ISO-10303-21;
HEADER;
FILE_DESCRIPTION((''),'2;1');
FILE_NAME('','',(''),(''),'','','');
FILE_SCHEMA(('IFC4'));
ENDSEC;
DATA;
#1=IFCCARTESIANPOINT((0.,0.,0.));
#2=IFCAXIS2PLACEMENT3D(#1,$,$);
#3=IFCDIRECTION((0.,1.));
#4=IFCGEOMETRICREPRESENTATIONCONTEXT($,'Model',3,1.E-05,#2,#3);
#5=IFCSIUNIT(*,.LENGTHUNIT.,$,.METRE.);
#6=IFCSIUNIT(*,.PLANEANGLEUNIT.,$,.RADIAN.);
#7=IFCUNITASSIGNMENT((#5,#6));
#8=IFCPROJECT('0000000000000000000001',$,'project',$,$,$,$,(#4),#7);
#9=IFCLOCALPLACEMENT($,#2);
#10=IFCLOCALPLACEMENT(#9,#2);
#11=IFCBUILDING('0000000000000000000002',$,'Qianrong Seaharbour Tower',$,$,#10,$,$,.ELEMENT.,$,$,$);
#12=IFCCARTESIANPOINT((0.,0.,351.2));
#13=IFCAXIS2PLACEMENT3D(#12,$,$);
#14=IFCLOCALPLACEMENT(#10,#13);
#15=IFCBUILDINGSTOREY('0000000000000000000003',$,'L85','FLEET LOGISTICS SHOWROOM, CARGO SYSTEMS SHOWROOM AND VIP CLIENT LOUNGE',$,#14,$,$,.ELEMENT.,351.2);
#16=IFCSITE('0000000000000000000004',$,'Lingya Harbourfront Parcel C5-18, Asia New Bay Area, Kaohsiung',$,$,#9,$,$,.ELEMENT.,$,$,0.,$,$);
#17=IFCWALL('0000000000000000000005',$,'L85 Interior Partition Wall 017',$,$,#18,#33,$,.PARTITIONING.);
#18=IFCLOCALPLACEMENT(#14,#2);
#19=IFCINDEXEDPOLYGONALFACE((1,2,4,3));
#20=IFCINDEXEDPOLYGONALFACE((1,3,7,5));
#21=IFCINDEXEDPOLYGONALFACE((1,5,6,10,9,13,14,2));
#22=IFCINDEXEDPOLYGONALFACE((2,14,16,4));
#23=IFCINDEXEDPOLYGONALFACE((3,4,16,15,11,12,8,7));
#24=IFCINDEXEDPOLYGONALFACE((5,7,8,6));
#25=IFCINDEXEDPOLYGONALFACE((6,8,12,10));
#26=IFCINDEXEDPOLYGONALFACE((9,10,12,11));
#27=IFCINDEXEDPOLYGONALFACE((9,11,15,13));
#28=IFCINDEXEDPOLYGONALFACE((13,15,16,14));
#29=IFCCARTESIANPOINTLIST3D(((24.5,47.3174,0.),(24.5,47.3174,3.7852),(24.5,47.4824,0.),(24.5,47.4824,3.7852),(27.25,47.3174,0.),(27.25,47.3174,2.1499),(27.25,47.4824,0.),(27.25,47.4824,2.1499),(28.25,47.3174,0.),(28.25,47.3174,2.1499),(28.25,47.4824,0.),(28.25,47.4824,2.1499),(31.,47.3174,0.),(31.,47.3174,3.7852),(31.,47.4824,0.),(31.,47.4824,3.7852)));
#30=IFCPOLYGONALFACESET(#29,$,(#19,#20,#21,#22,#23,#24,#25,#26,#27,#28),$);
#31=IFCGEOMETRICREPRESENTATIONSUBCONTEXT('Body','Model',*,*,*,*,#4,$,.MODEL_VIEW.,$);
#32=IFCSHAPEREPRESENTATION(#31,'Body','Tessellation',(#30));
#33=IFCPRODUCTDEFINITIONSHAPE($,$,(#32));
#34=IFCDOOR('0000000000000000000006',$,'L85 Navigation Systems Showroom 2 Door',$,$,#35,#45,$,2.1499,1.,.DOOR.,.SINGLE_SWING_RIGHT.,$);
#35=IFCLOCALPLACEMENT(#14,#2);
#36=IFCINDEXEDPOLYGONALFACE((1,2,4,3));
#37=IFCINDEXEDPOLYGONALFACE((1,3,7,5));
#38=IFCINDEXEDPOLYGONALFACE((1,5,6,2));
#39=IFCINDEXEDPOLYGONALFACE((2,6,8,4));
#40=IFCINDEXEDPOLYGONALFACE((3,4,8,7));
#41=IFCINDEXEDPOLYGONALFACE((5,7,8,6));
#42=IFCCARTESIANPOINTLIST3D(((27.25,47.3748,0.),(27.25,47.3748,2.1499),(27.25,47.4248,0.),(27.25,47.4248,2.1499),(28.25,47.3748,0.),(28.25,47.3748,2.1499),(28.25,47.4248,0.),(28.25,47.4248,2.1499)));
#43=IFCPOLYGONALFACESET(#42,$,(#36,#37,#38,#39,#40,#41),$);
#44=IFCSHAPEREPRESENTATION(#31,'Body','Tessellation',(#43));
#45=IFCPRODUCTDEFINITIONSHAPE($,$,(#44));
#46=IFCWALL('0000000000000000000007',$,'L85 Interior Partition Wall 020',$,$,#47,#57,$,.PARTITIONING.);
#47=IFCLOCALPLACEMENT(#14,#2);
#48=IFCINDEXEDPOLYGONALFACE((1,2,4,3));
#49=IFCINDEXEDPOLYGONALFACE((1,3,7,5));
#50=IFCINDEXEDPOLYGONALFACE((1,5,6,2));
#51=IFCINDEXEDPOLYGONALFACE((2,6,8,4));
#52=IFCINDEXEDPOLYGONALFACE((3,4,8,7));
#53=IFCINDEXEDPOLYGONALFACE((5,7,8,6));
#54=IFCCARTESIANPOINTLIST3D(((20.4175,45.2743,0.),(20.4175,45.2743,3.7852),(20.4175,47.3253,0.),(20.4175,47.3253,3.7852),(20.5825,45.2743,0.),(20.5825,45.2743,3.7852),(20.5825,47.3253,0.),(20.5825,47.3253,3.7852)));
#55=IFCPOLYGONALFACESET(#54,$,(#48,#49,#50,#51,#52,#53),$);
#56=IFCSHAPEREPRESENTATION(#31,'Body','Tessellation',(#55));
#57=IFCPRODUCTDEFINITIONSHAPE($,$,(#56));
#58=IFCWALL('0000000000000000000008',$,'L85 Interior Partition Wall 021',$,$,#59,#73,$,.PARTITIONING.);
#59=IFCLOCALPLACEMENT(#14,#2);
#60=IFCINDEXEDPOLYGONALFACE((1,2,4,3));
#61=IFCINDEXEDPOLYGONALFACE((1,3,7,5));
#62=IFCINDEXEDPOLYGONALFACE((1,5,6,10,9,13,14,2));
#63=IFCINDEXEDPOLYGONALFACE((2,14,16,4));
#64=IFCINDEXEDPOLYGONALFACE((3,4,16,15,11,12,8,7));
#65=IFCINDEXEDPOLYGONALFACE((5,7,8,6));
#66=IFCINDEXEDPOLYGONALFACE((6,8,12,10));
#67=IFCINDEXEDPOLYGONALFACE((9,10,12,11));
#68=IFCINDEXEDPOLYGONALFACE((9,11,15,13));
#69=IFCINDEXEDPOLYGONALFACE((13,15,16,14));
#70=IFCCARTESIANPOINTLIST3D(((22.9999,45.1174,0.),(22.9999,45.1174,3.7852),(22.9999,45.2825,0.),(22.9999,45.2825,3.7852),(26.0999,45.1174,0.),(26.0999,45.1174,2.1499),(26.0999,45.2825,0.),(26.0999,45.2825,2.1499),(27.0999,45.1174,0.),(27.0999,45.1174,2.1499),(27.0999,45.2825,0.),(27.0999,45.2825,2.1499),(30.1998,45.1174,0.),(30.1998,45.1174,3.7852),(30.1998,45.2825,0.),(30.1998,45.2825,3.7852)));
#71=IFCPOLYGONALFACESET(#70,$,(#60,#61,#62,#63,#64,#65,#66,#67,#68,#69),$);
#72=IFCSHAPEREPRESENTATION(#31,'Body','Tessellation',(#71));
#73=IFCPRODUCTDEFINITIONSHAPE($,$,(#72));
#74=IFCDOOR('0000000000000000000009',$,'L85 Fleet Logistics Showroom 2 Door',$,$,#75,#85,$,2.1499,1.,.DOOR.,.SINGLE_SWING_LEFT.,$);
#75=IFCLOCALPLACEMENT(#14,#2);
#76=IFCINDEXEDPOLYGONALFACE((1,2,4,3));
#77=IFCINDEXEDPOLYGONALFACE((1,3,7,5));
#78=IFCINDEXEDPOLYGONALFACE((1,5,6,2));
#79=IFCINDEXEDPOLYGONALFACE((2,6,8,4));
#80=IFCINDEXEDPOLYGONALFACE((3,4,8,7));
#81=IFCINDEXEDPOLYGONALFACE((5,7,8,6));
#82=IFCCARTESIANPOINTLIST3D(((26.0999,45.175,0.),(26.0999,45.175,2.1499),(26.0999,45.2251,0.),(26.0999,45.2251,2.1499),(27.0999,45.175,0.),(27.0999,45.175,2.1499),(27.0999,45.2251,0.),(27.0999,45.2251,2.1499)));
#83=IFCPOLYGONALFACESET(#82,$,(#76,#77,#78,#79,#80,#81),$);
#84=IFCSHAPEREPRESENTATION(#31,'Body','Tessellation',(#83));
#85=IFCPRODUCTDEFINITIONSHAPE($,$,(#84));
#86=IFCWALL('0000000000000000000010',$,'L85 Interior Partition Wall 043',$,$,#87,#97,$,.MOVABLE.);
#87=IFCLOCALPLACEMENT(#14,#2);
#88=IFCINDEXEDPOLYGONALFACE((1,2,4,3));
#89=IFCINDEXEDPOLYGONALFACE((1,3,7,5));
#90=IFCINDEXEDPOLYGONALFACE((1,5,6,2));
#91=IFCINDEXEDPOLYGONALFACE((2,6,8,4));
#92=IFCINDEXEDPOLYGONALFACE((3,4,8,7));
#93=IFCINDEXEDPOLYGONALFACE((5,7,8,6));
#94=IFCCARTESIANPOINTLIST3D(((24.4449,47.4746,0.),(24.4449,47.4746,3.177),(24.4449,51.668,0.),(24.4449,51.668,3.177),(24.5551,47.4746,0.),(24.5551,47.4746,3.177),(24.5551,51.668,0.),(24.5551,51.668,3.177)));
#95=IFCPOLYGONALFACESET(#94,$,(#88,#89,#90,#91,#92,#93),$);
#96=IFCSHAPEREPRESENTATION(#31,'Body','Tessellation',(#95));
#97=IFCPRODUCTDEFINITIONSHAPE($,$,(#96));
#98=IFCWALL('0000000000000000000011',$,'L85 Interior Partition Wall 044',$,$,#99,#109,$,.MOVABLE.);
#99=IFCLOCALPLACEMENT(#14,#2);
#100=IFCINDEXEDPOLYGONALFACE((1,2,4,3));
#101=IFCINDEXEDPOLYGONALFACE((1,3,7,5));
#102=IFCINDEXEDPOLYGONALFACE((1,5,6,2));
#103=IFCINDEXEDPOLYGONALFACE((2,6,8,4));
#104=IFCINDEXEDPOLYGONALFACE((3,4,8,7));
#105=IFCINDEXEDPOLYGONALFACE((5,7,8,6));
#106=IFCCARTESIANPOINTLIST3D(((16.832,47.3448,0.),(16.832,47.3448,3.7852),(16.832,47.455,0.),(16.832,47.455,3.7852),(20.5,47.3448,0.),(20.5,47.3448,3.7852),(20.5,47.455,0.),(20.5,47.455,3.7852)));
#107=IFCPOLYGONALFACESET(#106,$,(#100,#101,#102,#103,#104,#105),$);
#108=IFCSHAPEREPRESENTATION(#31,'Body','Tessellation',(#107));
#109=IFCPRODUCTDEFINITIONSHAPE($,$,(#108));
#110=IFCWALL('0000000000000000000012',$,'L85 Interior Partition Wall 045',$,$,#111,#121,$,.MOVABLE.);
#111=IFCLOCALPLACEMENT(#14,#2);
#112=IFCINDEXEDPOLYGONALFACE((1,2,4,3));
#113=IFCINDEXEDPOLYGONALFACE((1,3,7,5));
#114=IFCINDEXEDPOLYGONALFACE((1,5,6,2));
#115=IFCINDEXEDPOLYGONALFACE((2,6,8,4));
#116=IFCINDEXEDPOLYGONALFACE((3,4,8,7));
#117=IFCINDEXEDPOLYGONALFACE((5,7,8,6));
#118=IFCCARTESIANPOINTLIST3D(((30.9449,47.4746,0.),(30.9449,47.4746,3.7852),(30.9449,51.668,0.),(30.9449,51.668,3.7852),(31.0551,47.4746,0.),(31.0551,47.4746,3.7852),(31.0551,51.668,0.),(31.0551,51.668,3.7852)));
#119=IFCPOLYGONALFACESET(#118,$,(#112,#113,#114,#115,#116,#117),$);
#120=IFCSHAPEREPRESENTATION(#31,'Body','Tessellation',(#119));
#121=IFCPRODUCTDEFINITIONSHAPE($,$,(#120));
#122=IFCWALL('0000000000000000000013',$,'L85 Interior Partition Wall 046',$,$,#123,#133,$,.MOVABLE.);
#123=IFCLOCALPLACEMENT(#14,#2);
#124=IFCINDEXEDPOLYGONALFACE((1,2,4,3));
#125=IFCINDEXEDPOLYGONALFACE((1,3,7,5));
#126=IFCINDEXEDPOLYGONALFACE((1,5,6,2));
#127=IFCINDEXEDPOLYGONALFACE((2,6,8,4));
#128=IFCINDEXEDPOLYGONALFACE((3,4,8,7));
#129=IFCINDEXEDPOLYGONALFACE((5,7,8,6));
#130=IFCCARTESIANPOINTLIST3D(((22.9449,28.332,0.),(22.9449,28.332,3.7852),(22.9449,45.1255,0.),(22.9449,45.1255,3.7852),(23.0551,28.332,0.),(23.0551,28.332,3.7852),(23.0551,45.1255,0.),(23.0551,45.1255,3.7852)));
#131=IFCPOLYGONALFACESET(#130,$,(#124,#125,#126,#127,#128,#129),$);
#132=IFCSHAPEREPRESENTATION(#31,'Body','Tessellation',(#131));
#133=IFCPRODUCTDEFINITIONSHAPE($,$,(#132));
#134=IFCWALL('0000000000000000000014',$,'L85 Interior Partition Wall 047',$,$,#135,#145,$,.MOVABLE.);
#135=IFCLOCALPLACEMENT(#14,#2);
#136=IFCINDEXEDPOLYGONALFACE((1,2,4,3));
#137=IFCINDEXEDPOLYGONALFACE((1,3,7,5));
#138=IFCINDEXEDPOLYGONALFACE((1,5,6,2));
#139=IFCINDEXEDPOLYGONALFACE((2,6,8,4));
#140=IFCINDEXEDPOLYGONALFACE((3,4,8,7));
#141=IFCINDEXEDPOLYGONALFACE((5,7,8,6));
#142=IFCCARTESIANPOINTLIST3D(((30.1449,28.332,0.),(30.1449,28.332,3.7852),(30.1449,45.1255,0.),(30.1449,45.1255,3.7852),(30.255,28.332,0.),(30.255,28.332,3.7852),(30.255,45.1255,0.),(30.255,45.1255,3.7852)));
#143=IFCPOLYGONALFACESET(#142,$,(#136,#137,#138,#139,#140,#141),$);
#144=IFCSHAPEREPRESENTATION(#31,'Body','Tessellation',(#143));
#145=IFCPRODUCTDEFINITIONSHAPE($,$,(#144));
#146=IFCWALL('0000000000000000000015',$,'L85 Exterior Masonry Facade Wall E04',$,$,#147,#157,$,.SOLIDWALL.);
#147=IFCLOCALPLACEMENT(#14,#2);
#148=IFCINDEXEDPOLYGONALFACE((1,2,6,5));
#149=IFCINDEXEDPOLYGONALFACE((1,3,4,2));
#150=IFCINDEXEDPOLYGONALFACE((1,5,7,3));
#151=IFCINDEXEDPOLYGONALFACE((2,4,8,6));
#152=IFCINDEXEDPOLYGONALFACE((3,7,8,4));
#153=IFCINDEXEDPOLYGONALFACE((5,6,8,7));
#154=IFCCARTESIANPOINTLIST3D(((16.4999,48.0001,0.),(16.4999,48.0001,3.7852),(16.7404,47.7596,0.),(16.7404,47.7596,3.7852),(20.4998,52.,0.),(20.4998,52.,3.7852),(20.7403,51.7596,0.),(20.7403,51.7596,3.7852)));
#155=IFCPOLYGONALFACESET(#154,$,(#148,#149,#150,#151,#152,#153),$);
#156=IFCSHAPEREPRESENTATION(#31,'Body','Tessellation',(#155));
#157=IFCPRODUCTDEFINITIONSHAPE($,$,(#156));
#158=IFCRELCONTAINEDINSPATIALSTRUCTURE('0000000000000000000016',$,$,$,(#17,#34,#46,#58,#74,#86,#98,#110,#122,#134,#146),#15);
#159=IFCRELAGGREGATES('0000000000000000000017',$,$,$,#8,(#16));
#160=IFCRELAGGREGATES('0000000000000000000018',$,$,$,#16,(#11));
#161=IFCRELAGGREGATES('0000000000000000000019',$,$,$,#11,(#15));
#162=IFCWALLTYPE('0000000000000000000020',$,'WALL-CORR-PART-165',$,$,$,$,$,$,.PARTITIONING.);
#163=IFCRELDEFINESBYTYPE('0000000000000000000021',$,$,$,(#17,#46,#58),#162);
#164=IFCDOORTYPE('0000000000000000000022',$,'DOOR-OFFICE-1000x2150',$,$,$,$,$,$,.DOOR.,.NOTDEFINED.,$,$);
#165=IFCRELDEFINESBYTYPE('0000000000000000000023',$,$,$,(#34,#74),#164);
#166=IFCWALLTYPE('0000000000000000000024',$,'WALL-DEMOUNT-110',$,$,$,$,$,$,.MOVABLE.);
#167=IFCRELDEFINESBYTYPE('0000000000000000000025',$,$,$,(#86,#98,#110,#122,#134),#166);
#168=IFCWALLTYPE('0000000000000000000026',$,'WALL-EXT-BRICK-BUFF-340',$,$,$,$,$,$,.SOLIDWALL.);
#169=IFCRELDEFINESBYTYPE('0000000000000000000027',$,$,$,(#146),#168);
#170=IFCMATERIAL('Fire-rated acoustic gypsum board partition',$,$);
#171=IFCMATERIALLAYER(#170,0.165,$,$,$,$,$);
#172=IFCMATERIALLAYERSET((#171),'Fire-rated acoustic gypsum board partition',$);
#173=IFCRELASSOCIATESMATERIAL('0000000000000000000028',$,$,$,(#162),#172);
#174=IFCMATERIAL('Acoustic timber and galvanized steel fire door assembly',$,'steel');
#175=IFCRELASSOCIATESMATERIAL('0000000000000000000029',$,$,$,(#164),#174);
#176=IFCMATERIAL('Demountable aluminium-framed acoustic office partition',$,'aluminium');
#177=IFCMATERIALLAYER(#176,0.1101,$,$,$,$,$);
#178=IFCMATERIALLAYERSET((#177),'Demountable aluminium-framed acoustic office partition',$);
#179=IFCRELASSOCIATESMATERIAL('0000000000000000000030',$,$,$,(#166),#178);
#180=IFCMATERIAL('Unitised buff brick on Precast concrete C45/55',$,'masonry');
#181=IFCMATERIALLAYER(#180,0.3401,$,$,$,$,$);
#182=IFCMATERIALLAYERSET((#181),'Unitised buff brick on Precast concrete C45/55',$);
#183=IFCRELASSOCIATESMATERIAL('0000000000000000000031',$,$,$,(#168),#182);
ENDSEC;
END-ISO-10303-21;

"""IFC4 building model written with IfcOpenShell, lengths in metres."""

from ifc_helpers import new_model, si_unit, direction, frame, frame_2d, origin, place, context, subcontext, project, spatial, rectangle, extrude, material, layer, layer_set, type_object, element, fill, save


model = new_model("IFC4")

# Units and contexts
model_context = context("Model", 3, precision=1e-05, world=origin(), true_north=direction((0.0, 1.0)))
body_context = subcontext(model_context, "Body", "Model", "MODEL_VIEW")
ifc_project = project(units=[si_unit("LENGTHUNIT", "METRE"), si_unit("PLANEANGLEUNIT", "RADIAN")], contexts=[model_context])

# Site, building, storey
site_placement = place(None, origin())
site = spatial("IfcSite", under=ifc_project, at=site_placement, Name="Lingya Harbourfront Parcel C5-18, Asia New Bay Area, Kaohsiung", CompositionType="ELEMENT", RefElevation=0.0)
building_placement = place(site_placement, origin())
building = spatial("IfcBuilding", under=site, at=building_placement, Name="Qianrong Seaharbour Tower", CompositionType="ELEMENT")
storey_placement = place(building_placement, frame((0.0, 0.0, 351.2)))
storey = spatial("IfcBuildingStorey", under=building, at=storey_placement, Name="L85", Description="FLEET LOGISTICS SHOWROOM, CARGO SYSTEMS SHOWROOM AND VIP CLIENT LOUNGE", CompositionType="ELEMENT", Elevation=351.2)

# Wall, opening, door
ifc_material_1 = material(Name="Fire-rated acoustic gypsum board partition")
ifc_layer_1 = layer(ifc_material_1, 0.165)
ifc_layer_set_1 = layer_set([ifc_layer_1], Name="Fire-rated acoustic gypsum board partition")
wall_type_1 = type_object("IfcWallType", Name="WALL-CORR-PART-165", PredefinedType="PARTITIONING", material=ifc_layer_set_1)
ifc_material_2 = material(Name="Acoustic timber and galvanized steel fire door assembly", Category="steel")
door_type = type_object("IfcDoorType", Name="DOOR-OFFICE-1000x2150", OperationType="NOTDEFINED", PredefinedType="DOOR", material=ifc_material_2)
wall_1_placement = place(storey_placement, frame((24.5, 47.3999, 0.0), z_axis=(0.0, 0.0, 1.0), x_axis=(1.0, 0.0, 0.0)))
wall_1 = element("IfcWall", 1, at=wall_1_placement, inside=storey, type_object=wall_type_1, Name="L85 Interior Partition Wall 017", PredefinedType="PARTITIONING", context=body_context, shape_type="SweptSolid", body=[
    extrude(rectangle(XDim=6.5, YDim=0.165, at=frame_2d((3.25, 0.0))), origin(), (0.0, 0.0, 1.0), 3.7852),
])
opening_1_placement = place(wall_1_placement, frame((2.75, 0.0, 0.0)))
opening_1 = element("IfcOpeningElement", 2, at=opening_1_placement, cuts=wall_1, PredefinedType="OPENING", context=body_context, shape_type="SweptSolid", body=[
    extrude(rectangle(XDim=1.0, YDim=2.1499, at=frame_2d((0.5, 1.075))), frame((0.0, 0.0925, 0.0), z_axis=(0.0, -1.0, 0.0), x_axis=(1.0, 0.0, 0.0)), (0.0, 0.0, 1.0), 0.1851),
])
door_1_placement = place(opening_1_placement, origin())
door_1 = element("IfcDoor", 3, at=door_1_placement, inside=storey, type_object=door_type, Name="L85 Navigation Systems Showroom 2 Door", OperationType="SINGLE_SWING_RIGHT", OverallHeight=2.1499, OverallWidth=1.0, PredefinedType="DOOR", context=body_context, shape_type="SweptSolid", body=[
    extrude(rectangle(XDim=1.0, YDim=2.1499, at=frame_2d((0.5, 1.075))), frame((0.0, 0.0249, 0.0), z_axis=(0.0, -1.0, 0.0), x_axis=(1.0, 0.0, 0.0)), (0.0, 0.0, 1.0), 0.05),
])
fill(opening_1, door_1)

# Wall
wall_2_placement = place(storey_placement, frame((20.5, 45.2744, 0.0), z_axis=(0.0, 0.0, 1.0), x_axis=(0.0, 1.0, 0.0)))
element("IfcWall", 4, at=wall_2_placement, inside=storey, type_object=wall_type_1, Name="L85 Interior Partition Wall 020", PredefinedType="PARTITIONING", context=body_context, shape_type="SweptSolid", body=[
    extrude(rectangle(XDim=2.051, YDim=0.165, at=frame_2d((1.0254, 0.0))), origin(), (0.0, 0.0, 1.0), 3.7852),
])

# Wall, opening, door
wall_3_placement = place(storey_placement, frame((30.2, 45.2, 0.0), z_axis=(0.0, 0.0, 1.0), x_axis=(-1.0, 0.0, 0.0)))
wall_3 = element("IfcWall", 5, at=wall_3_placement, inside=storey, type_object=wall_type_1, Name="L85 Interior Partition Wall 021", PredefinedType="PARTITIONING", context=body_context, shape_type="SweptSolid", body=[
    extrude(rectangle(XDim=7.2, YDim=0.165, at=frame_2d((3.6001, 0.0))), origin(), (0.0, 0.0, 1.0), 3.7852),
])
opening_2_placement = place(wall_3_placement, frame((3.1001, 0.0, 0.0)))
opening_2 = element("IfcOpeningElement", 6, at=opening_2_placement, cuts=wall_3, PredefinedType="OPENING", context=body_context, shape_type="SweptSolid", body=[
    extrude(rectangle(XDim=1.0, YDim=2.1499, at=frame_2d((0.5, 1.075))), frame((0.0, 0.0925, 0.0), z_axis=(0.0, -1.0, 0.0), x_axis=(1.0, 0.0, 0.0)), (0.0, 0.0, 1.0), 0.1851),
])
door_2_placement = place(opening_2_placement, origin())
door_2 = element("IfcDoor", 7, at=door_2_placement, inside=storey, type_object=door_type, Name="L85 Fleet Logistics Showroom 2 Door", OperationType="SINGLE_SWING_LEFT", OverallHeight=2.1499, OverallWidth=1.0, PredefinedType="DOOR", context=body_context, shape_type="SweptSolid", body=[
    extrude(rectangle(XDim=1.0, YDim=2.1499, at=frame_2d((0.5, 1.075))), frame((0.0, 0.0249, 0.0), z_axis=(0.0, -1.0, 0.0), x_axis=(1.0, 0.0, 0.0)), (0.0, 0.0, 1.0), 0.05),
])
fill(opening_2, door_2)

# Walls
ifc_material_3 = material(Name="Demountable aluminium-framed acoustic office partition", Category="aluminium")
ifc_layer_2 = layer(ifc_material_3, 0.1101)
ifc_layer_set_2 = layer_set([ifc_layer_2], Name="Demountable aluminium-framed acoustic office partition")
wall_type_2 = type_object("IfcWallType", Name="WALL-DEMOUNT-110", PredefinedType="MOVABLE", material=ifc_layer_set_2)
wall_4_placement = place(storey_placement, frame((24.5, 51.668, 0.0), z_axis=(0.0, 0.0, 1.0), x_axis=(0.0, -1.0, 0.0)))
element("IfcWall", 8, at=wall_4_placement, inside=storey, type_object=wall_type_2, Name="L85 Interior Partition Wall 043", PredefinedType="MOVABLE", context=body_context, shape_type="SweptSolid", body=[
    extrude(rectangle(XDim=4.1934, YDim=0.1101, at=frame_2d((2.0967, 0.0))), origin(), (0.0, 0.0, 1.0), 3.177),
])
wall_5_placement = place(storey_placement, frame((20.5, 47.3999, 0.0), z_axis=(0.0, 0.0, 1.0), x_axis=(-1.0, 0.0, 0.0)))
element("IfcWall", 9, at=wall_5_placement, inside=storey, type_object=wall_type_2, Name="L85 Interior Partition Wall 044", PredefinedType="MOVABLE", context=body_context, shape_type="SweptSolid", body=[
    extrude(rectangle(XDim=3.668, YDim=0.1101, at=frame_2d((1.834, 0.0))), origin(), (0.0, 0.0, 1.0), 3.7852),
])
wall_6_placement = place(storey_placement, frame((31.0, 51.668, 0.0), z_axis=(0.0, 0.0, 1.0), x_axis=(0.0, -1.0, 0.0)))
element("IfcWall", 10, at=wall_6_placement, inside=storey, type_object=wall_type_2, Name="L85 Interior Partition Wall 045", PredefinedType="MOVABLE", context=body_context, shape_type="SweptSolid", body=[
    extrude(rectangle(XDim=4.1934, YDim=0.1101, at=frame_2d((2.0967, 0.0))), origin(), (0.0, 0.0, 1.0), 3.7852),
])
for number, where, z_axis, x_axis, name in (
    (11, (23.0, 45.1255, 0.0), (0.0, 0.0, 1.0), (0.0, -1.0, 0.0), "L85 Interior Partition Wall 046"),
    (12, (30.2, 45.1255, 0.0), (0.0, 0.0, 1.0), (0.0, -1.0, 0.0), "L85 Interior Partition Wall 047"),
):
    element("IfcWall", number, at=place(storey_placement, frame(where, z_axis=z_axis, x_axis=x_axis)), inside=storey, type_object=wall_type_2, Name=name, PredefinedType="MOVABLE", context=body_context, shape_type="SweptSolid", body=[
        extrude(rectangle(XDim=16.7935, YDim=0.1101, at=frame_2d((8.3967, 0.0))), origin(), (0.0, 0.0, 1.0), 3.7852),
    ])
ifc_material_4 = material(Name="Unitised buff brick on Precast concrete C45/55", Category="masonry")
ifc_layer_3 = layer(ifc_material_4, 0.3401)
ifc_layer_set_3 = layer_set([ifc_layer_3], Name="Unitised buff brick on Precast concrete C45/55")
wall_type_3 = type_object("IfcWallType", Name="WALL-EXT-BRICK-BUFF-340", PredefinedType="SOLIDWALL", material=ifc_layer_set_3)
wall_7_placement = place(storey_placement, frame((16.6201, 47.8799, 0.0), z_axis=(0.0, 0.0, 1.0), x_axis=(0.707107, 0.707107, 0.0)))
element("IfcWall", 13, at=wall_7_placement, inside=storey, type_object=wall_type_3, Name="L85 Exterior Masonry Facade Wall E04", PredefinedType="SOLIDWALL", context=body_context, shape_type="SweptSolid", body=[
    extrude(rectangle(XDim=5.6567, YDim=0.3401, at=frame_2d((2.8284, 0.0))), origin(), (0.0, 0.0, 1.0), 3.7852),
])

save(model, "model.ifc")
